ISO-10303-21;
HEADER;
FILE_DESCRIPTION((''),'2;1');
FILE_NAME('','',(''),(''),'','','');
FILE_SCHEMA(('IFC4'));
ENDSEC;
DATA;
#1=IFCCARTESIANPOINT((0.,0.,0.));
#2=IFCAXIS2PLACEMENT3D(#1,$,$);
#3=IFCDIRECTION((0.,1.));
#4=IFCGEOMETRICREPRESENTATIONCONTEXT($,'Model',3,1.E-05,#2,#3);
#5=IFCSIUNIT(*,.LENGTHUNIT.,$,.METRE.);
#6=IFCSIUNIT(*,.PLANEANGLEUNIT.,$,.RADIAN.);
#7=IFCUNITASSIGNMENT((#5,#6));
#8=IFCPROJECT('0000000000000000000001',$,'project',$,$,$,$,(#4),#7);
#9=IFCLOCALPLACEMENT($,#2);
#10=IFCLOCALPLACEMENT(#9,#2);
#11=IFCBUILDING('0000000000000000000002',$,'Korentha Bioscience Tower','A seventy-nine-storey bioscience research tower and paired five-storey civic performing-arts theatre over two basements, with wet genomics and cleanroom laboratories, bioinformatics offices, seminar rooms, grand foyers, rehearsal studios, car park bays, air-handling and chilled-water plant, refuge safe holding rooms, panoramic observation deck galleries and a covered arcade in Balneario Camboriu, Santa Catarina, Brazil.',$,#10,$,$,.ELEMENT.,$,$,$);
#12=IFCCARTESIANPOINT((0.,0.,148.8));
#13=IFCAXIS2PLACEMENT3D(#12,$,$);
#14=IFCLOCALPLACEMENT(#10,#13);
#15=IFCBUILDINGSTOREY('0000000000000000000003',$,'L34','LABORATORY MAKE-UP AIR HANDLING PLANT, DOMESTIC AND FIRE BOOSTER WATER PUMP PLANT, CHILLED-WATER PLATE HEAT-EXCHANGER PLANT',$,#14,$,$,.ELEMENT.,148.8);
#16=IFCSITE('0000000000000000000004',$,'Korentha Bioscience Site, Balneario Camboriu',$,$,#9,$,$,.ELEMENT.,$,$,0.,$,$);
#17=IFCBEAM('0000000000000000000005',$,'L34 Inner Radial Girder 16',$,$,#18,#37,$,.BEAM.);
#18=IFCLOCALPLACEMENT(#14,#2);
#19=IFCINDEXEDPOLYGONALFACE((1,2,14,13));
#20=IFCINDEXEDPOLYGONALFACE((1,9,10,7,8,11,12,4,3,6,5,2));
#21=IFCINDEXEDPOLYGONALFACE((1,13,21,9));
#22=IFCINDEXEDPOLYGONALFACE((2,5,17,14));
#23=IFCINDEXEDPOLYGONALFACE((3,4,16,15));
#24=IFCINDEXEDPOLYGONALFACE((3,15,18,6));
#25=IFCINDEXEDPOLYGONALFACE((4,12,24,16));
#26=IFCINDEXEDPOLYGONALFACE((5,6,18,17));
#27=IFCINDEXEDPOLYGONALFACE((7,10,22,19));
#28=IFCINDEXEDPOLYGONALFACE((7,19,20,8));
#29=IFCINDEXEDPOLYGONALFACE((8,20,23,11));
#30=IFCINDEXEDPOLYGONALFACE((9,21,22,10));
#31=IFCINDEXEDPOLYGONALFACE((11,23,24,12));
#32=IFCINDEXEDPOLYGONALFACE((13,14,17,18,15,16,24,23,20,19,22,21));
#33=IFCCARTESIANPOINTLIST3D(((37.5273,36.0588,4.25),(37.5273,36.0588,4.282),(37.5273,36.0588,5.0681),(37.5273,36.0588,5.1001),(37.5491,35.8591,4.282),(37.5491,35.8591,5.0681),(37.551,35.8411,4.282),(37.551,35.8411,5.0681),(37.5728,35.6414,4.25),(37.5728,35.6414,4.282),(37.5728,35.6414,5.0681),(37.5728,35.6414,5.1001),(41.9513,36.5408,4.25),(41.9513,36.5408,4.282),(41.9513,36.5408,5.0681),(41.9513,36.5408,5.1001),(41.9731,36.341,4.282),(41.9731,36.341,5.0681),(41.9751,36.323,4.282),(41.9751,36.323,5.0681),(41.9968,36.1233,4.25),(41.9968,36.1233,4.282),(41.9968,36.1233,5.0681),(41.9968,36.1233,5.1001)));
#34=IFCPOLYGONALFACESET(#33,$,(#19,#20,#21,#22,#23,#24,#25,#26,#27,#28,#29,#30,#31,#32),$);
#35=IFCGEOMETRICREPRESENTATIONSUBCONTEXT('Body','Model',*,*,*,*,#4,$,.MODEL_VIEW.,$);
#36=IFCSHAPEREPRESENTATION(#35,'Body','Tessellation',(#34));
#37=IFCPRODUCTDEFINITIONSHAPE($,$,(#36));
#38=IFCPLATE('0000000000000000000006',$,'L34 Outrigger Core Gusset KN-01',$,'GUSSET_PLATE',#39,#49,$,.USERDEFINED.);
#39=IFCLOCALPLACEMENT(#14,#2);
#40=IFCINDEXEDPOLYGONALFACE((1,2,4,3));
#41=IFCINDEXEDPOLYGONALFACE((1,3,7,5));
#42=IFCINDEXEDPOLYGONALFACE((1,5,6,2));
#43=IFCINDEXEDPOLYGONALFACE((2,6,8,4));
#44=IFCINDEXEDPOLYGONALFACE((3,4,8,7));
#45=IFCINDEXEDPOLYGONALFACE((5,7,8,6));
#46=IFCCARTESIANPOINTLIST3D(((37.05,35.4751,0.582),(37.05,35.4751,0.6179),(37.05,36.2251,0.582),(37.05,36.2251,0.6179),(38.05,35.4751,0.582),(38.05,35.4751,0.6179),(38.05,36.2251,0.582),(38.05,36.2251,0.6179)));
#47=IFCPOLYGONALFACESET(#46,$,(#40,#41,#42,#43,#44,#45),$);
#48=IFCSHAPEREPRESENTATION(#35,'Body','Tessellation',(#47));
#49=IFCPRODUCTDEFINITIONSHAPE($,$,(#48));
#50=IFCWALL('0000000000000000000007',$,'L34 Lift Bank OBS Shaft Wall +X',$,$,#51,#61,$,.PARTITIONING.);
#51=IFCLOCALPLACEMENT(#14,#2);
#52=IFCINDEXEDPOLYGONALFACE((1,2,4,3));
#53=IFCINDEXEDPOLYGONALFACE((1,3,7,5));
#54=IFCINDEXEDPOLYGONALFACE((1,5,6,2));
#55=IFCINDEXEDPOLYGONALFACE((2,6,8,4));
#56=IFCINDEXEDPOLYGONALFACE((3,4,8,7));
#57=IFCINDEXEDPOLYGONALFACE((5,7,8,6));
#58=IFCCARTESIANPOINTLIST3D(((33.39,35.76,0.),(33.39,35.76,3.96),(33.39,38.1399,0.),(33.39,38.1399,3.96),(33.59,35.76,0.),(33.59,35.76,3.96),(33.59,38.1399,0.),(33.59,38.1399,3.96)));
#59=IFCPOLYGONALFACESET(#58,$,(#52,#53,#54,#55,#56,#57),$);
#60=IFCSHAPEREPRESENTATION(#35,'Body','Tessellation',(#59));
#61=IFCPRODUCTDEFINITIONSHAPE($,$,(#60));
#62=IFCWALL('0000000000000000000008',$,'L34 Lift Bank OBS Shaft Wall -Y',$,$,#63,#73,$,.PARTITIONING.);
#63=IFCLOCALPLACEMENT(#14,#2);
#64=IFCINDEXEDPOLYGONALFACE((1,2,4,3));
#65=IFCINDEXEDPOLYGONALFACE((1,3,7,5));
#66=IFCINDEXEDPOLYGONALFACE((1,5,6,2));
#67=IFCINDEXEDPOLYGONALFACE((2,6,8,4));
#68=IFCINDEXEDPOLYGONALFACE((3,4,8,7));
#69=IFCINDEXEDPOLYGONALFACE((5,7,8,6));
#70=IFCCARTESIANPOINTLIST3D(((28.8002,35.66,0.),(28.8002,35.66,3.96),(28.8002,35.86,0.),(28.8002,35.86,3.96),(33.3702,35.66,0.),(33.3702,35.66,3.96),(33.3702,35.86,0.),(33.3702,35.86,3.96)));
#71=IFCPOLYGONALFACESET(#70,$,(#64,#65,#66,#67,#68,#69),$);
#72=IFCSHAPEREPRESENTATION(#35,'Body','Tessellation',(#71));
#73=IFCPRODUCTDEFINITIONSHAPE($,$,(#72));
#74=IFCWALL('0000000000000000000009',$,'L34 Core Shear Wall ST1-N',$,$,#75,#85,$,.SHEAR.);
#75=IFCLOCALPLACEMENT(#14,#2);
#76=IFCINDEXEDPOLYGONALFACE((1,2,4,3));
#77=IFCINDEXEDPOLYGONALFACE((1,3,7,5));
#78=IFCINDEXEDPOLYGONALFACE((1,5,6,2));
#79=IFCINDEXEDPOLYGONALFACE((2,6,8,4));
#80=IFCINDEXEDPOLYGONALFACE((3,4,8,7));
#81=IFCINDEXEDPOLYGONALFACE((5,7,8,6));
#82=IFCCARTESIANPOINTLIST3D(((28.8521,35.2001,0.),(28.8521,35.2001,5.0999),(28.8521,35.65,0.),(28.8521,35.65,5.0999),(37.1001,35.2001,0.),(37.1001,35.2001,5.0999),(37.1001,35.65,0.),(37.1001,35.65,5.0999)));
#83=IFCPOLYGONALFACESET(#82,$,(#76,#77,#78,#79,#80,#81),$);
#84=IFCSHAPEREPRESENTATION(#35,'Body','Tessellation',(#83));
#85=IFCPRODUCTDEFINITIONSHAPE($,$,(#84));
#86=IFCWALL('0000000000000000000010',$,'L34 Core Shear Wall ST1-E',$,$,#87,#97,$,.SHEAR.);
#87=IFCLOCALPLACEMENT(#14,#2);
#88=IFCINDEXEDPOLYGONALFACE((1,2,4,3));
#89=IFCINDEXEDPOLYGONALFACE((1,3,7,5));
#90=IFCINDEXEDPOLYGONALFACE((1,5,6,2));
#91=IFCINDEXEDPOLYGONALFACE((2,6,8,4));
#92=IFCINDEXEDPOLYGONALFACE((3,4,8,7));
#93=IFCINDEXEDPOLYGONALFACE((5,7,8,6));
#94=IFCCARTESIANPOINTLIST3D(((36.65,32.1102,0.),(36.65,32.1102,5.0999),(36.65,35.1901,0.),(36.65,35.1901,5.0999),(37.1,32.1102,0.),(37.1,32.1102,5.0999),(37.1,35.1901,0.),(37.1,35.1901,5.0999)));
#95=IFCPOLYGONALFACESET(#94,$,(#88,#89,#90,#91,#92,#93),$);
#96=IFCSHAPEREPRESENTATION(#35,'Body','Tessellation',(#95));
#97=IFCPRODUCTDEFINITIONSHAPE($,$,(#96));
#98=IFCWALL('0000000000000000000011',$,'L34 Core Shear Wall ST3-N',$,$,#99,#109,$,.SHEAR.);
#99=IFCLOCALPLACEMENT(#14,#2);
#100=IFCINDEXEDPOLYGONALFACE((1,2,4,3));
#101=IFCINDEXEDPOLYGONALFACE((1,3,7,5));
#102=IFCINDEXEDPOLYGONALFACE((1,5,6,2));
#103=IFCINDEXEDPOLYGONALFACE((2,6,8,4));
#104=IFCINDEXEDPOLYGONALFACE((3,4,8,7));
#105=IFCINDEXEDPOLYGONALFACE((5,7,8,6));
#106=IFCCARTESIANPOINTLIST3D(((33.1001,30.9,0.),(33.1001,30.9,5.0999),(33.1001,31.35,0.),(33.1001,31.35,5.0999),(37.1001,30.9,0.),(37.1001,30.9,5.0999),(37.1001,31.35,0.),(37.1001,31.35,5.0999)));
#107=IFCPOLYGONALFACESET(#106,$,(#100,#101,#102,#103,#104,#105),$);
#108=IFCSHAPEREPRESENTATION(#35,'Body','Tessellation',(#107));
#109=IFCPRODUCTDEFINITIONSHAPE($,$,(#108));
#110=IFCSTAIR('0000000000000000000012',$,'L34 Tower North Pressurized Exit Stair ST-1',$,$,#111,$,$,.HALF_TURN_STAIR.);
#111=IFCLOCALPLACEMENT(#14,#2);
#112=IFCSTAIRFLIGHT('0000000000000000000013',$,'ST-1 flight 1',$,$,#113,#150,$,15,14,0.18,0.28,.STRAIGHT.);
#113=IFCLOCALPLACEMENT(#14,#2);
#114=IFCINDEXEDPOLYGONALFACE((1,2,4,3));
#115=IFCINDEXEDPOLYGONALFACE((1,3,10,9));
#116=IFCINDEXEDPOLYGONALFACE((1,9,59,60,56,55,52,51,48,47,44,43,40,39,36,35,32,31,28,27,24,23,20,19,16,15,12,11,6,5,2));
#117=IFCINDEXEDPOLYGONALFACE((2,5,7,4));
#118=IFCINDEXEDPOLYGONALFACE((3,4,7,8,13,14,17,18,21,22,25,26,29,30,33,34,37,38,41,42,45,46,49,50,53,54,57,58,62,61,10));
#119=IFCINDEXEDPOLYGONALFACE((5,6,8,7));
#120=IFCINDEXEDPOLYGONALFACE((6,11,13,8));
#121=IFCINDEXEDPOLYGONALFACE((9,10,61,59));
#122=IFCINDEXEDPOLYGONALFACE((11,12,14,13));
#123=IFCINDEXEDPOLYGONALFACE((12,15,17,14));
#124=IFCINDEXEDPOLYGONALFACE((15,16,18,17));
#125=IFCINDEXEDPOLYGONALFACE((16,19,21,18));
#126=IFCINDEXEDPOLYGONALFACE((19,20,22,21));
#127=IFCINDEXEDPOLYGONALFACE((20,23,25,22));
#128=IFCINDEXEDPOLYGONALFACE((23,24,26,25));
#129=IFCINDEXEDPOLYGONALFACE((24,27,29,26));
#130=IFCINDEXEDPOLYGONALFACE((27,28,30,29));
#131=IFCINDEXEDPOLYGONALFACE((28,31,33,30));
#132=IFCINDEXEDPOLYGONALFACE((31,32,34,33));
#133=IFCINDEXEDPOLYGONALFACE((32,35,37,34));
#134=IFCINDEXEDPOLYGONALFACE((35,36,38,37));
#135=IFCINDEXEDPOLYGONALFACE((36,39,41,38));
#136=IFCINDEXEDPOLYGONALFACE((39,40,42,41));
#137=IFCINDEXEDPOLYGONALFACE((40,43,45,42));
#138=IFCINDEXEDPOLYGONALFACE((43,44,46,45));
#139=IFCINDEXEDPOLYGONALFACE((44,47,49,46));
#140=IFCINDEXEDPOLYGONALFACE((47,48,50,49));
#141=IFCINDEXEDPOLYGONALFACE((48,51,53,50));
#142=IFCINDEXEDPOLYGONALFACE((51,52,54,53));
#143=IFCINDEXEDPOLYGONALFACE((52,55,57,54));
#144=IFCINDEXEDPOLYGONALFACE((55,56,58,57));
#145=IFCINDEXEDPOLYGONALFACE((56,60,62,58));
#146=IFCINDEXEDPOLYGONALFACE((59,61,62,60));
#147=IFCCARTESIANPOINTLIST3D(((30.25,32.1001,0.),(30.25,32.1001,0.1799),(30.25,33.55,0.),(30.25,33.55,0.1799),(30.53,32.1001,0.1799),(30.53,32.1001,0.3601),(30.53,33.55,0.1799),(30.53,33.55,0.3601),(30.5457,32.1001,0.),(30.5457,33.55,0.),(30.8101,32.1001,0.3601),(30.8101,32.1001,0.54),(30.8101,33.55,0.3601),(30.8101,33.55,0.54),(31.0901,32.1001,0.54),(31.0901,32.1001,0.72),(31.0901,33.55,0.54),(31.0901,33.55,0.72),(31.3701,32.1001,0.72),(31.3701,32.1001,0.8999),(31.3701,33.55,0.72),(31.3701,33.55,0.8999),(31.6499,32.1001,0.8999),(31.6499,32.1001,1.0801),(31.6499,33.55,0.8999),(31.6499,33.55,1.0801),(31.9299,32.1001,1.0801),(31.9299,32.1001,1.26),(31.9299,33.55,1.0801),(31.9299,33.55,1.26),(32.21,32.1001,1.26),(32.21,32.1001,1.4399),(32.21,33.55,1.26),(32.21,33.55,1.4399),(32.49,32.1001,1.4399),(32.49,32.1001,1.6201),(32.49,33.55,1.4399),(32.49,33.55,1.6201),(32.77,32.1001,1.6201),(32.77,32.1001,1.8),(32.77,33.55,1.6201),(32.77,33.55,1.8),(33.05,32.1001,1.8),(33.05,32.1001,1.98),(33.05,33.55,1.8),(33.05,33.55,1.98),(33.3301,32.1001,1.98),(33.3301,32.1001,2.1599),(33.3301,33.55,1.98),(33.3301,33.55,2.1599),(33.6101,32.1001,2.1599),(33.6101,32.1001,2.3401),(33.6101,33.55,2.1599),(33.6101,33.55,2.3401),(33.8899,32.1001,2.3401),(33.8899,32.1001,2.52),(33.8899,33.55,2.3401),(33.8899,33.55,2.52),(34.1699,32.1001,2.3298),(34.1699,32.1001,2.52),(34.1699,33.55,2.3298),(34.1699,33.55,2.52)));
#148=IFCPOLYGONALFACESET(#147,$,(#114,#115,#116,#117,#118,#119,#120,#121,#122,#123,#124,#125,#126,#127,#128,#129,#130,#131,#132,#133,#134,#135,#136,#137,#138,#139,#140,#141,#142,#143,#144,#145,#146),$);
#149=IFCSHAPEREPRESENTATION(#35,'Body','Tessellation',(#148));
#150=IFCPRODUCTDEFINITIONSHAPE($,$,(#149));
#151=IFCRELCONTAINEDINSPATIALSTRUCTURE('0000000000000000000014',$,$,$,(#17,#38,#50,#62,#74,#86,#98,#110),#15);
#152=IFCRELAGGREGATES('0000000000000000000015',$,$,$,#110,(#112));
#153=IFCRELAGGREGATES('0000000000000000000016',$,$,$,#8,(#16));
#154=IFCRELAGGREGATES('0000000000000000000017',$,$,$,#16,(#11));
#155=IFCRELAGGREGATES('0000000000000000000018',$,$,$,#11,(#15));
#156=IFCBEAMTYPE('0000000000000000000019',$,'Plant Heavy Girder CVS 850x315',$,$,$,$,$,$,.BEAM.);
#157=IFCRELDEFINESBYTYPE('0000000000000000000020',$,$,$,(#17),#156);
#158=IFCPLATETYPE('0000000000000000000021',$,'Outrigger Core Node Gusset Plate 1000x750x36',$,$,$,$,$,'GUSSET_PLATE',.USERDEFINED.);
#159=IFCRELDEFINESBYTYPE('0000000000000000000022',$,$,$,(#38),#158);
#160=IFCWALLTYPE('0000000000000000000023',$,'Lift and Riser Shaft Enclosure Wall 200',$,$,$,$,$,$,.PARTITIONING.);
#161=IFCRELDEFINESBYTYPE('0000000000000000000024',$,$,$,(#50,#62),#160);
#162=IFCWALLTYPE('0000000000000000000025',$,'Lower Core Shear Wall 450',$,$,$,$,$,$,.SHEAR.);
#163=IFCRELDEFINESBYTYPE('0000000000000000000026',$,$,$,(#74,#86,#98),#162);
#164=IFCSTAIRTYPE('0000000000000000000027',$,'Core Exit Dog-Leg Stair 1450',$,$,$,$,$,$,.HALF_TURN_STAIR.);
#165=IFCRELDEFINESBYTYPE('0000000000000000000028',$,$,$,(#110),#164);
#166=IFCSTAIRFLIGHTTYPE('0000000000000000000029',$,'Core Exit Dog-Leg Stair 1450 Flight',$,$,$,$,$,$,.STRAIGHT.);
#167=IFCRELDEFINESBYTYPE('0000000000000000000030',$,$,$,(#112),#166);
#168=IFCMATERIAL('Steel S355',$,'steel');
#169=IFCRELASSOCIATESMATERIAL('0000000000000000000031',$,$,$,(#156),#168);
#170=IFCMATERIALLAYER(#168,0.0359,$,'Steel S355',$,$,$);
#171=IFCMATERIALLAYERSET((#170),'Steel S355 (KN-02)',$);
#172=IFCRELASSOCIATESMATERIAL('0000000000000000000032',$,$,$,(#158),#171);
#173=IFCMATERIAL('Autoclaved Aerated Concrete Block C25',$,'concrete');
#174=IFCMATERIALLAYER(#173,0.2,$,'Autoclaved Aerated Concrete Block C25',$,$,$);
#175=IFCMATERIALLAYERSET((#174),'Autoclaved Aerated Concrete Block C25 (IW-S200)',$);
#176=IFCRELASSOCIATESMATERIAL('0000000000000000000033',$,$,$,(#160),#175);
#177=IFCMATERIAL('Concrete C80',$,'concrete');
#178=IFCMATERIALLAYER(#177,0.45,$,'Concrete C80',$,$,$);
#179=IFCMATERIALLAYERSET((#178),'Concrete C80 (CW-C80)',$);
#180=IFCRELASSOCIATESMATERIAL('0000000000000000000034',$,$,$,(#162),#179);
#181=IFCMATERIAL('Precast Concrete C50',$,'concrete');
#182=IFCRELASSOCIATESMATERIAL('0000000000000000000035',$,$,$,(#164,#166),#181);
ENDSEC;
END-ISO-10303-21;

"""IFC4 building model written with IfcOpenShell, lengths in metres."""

from ifc_helpers import new_model, si_unit, direction, frame, frame_2d, origin, origin_2d, place, context, subcontext, project, spatial, polyline, rectangle, i_section, outline, extrude, material, layer, layer_set, material_profile, profile_set, type_object, element, aggregate, save


model = new_model("IFC4")

# Units and contexts
model_context = context("Model", 3, precision=1e-05, world=origin(), true_north=direction((0.0, 1.0)))
body_context = subcontext(model_context, "Body", "Model", "MODEL_VIEW")
ifc_project = project(units=[si_unit("LENGTHUNIT", "METRE"), si_unit("PLANEANGLEUNIT", "RADIAN")], contexts=[model_context])

# Site, building, storey
site_placement = place(None, origin())
site = spatial("IfcSite", under=ifc_project, at=site_placement, Name="Korentha Bioscience Site, Balneario Camboriu", CompositionType="ELEMENT", RefElevation=0.0)
building_placement = place(site_placement, origin())
building = spatial("IfcBuilding", under=site, at=building_placement, Name="Korentha Bioscience Tower", Description="A seventy-nine-storey bioscience research tower and paired five-storey civic performing-arts theatre over two basements, with wet genomics and cleanroom laboratories, bioinformatics offices, seminar rooms, grand foyers, rehearsal studios, car park bays, air-handling and chilled-water plant, refuge safe holding rooms, panoramic observation deck galleries and a covered arcade in Balneario Camboriu, Santa Catarina, Brazil.", CompositionType="ELEMENT")
storey_placement = place(building_placement, frame((0.0, 0.0, 148.8)))
storey = spatial("IfcBuildingStorey", under=building, at=storey_placement, Name="L34", Description="LABORATORY MAKE-UP AIR HANDLING PLANT, DOMESTIC AND FIRE BOOSTER WATER PUMP PLANT, CHILLED-WATER PLATE HEAT-EXCHANGER PLANT", CompositionType="ELEMENT", Elevation=148.8)

# Shared definitions
ifc_material_1 = material(Name="Steel S355", Category="steel")

# Beam
ifc_material_profile_1 = material_profile(ifc_material_1, i_section(OverallWidth=0.4199, OverallDepth=0.8501, WebThickness=0.0181, FlangeThickness=0.032, at=origin_2d()), Name="Steel S355")
ifc_profile_set_1 = profile_set([ifc_material_profile_1], Name="Steel S355 (MB-850)")
beam_type_1 = type_object("IfcBeamType", Name="Plant Heavy Girder CVS 850x315", PredefinedType="BEAM", material=ifc_profile_set_1)
beam_1_placement = place(storey_placement, frame((37.55, 35.8501, 4.675), z_axis=(0.994119, 0.108294, 0.0), x_axis=(-0.108294, 0.994119, 0.0)))
element("IfcBeam", 1, at=beam_1_placement, inside=storey, type_object=beam_type_1, Name="L34 Inner Radial Girder 16", PredefinedType="BEAM", context=body_context, shape_type="SweptSolid", body=[
    extrude(i_section(OverallWidth=0.4199, OverallDepth=0.8501, WebThickness=0.0181, FlangeThickness=0.032, at=origin_2d()), origin(), (0.0, 0.0, 1.0), 4.4502),
])

# Plate
ifc_layer_1 = layer(ifc_material_1, 0.0359, Name="Steel S355")
ifc_layer_set_1 = layer_set([ifc_layer_1], Name="Steel S355 (KN-02)")
plate_type = type_object("IfcPlateType", Name="Outrigger Core Node Gusset Plate 1000x750x36", ElementType="GUSSET_PLATE", PredefinedType="USERDEFINED", material=ifc_layer_set_1)
plate_placement = place(storey_placement, frame((37.55, 35.8501, 0.582), z_axis=(0.0, 0.0, 1.0), x_axis=(1.0, 0.0, 0.0)))
element("IfcPlate", 2, at=plate_placement, inside=storey, type_object=plate_type, Name="L34 Outrigger Core Gusset KN-01", ObjectType="GUSSET_PLATE", PredefinedType="USERDEFINED", context=body_context, shape_type="SweptSolid", body=[
    extrude(rectangle(XDim=1.0, YDim=0.75, at=origin_2d()), origin(), (0.0, 0.0, 1.0), 0.0359),
])

# Walls
ifc_material_2 = material(Name="Autoclaved Aerated Concrete Block C25", Category="concrete")
ifc_layer_2 = layer(ifc_material_2, 0.2, Name="Autoclaved Aerated Concrete Block C25")
ifc_layer_set_2 = layer_set([ifc_layer_2], Name="Autoclaved Aerated Concrete Block C25 (IW-S200)")
wall_type_1 = type_object("IfcWallType", Name="Lift and Riser Shaft Enclosure Wall 200", PredefinedType="PARTITIONING", material=ifc_layer_set_2)
wall_1_placement = place(storey_placement, frame((33.49, 35.76, 0.0), z_axis=(0.0, 0.0, 1.0), x_axis=(0.0, 1.0, 0.0)))
element("IfcWall", 3, at=wall_1_placement, inside=storey, type_object=wall_type_1, Name="L34 Lift Bank OBS Shaft Wall +X", PredefinedType="PARTITIONING", context=body_context, shape_type="SweptSolid", body=[
    extrude(rectangle(XDim=2.3799, YDim=0.2, at=frame_2d((1.1899, 0.0))), origin(), (0.0, 0.0, 1.0), 3.96),
])
wall_2_placement = place(storey_placement, frame((28.8, 35.76, 0.0), z_axis=(0.0, 0.0, 1.0), x_axis=(1.0, 0.0, 0.0)))
element("IfcWall", 4, at=wall_2_placement, inside=storey, type_object=wall_type_1, Name="L34 Lift Bank OBS Shaft Wall -Y", PredefinedType="PARTITIONING", context=body_context, shape_type="SweptSolid", body=[
    extrude(rectangle(XDim=4.5701, YDim=0.2, at=frame_2d((2.2852, 0.0))), origin(), (0.0, 0.0, 1.0), 3.96),
])
ifc_material_3 = material(Name="Concrete C80", Category="concrete")
ifc_layer_3 = layer(ifc_material_3, 0.45, Name="Concrete C80")
ifc_layer_set_3 = layer_set([ifc_layer_3], Name="Concrete C80 (CW-C80)")
wall_type_2 = type_object("IfcWallType", Name="Lower Core Shear Wall 450", PredefinedType="SHEAR", material=ifc_layer_set_3)
wall_3_placement = place(storey_placement, frame((28.8521, 35.425, 0.0), z_axis=(0.0, 0.0, 1.0), x_axis=(1.0, 0.0, 0.0)))
element("IfcWall", 5, at=wall_3_placement, inside=storey, type_object=wall_type_2, Name="L34 Core Shear Wall ST1-N", PredefinedType="SHEAR", context=body_context, shape_type="SweptSolid", body=[
    extrude(rectangle(XDim=8.248, YDim=0.45, at=frame_2d((4.124, 0.0))), origin(), (0.0, 0.0, 1.0), 5.0999),
])
wall_4_placement = place(storey_placement, frame((36.875, 32.1101, 0.0), z_axis=(0.0, 0.0, 1.0), x_axis=(0.0, 1.0, 0.0)))
element("IfcWall", 6, at=wall_4_placement, inside=storey, type_object=wall_type_2, Name="L34 Core Shear Wall ST1-E", PredefinedType="SHEAR", context=body_context, shape_type="SweptSolid", body=[
    extrude(rectangle(XDim=3.0798, YDim=0.45, at=frame_2d((1.54, 0.0))), origin(), (0.0, 0.0, 1.0), 5.0999),
])
wall_5_placement = place(storey_placement, frame((33.1001, 31.125, 0.0), z_axis=(0.0, 0.0, 1.0), x_axis=(1.0, 0.0, 0.0)))
element("IfcWall", 7, at=wall_5_placement, inside=storey, type_object=wall_type_2, Name="L34 Core Shear Wall ST3-N", PredefinedType="SHEAR", context=body_context, shape_type="SweptSolid", body=[
    extrude(rectangle(XDim=4.0, YDim=0.45, at=frame_2d((2.0, 0.0))), origin(), (0.0, 0.0, 1.0), 5.0999),
])

# Stair, stair flight
ifc_material_4 = material(Name="Precast Concrete C50", Category="concrete")
stair_type = type_object("IfcStairType", Name="Core Exit Dog-Leg Stair 1450", PredefinedType="HALF_TURN_STAIR", material=ifc_material_4)
stair_1_placement = place(storey_placement, origin())
stair_1 = element("IfcStair", 8, at=stair_1_placement, inside=storey, type_object=stair_type, Name="L34 Tower North Pressurized Exit Stair ST-1", PredefinedType="HALF_TURN_STAIR")
stair_flight_type = type_object("IfcStairFlightType", Name="Core Exit Dog-Leg Stair 1450 Flight", PredefinedType="STRAIGHT", material=ifc_material_4)
stair_flight_1_placement = place(storey_placement, frame((30.25, 32.825, 0.0), z_axis=(0.0, 0.0, 1.0), x_axis=(1.0, 0.0, 0.0)))
stair_flight_1 = element("IfcStairFlight", 9, at=stair_flight_1_placement, type_object=stair_flight_type, Name="ST-1 flight 1", NumberOfRisers=15, NumberOfTreads=14, PredefinedType="STRAIGHT", RiserHeight=0.18, TreadLength=0.28, context=body_context, shape_type="SweptSolid", body=[
    extrude(outline(polyline([(0.0, 0.0), (0.0, 0.1799), (0.28, 0.1799), (0.28, 0.3601), (0.5601, 0.3601), (0.5601, 0.54), (0.8401, 0.54), (0.8401, 0.72), (1.1201, 0.72), (1.1201, 0.8999), (1.3999, 0.8999), (1.3999, 1.0801), (1.6799, 1.0801), (1.6799, 1.26), (1.96, 1.26), (1.96, 1.4399), (2.24, 1.4399), (2.24, 1.6201), (2.52, 1.6201), (2.52, 1.8), (2.8, 1.8), (2.8, 1.98), (3.0801, 1.98), (3.0801, 2.1599), (3.3601, 2.1599), (3.3601, 2.3401), (3.6399, 2.3401), (3.6399, 2.52), (3.9199, 2.52), (3.9199, 2.7), (3.9199, 2.3298), (0.2957, 0.0), (0.0, 0.0)])), frame((0.0, 0.7251, 0.0), z_axis=(0.0, -1.0, 0.0), x_axis=(1.0, 0.0, 0.0)), (0.0, 0.0, 1.0), 1.45),
])
aggregate(stair_1, [stair_flight_1])

save(model, "model.ifc")
